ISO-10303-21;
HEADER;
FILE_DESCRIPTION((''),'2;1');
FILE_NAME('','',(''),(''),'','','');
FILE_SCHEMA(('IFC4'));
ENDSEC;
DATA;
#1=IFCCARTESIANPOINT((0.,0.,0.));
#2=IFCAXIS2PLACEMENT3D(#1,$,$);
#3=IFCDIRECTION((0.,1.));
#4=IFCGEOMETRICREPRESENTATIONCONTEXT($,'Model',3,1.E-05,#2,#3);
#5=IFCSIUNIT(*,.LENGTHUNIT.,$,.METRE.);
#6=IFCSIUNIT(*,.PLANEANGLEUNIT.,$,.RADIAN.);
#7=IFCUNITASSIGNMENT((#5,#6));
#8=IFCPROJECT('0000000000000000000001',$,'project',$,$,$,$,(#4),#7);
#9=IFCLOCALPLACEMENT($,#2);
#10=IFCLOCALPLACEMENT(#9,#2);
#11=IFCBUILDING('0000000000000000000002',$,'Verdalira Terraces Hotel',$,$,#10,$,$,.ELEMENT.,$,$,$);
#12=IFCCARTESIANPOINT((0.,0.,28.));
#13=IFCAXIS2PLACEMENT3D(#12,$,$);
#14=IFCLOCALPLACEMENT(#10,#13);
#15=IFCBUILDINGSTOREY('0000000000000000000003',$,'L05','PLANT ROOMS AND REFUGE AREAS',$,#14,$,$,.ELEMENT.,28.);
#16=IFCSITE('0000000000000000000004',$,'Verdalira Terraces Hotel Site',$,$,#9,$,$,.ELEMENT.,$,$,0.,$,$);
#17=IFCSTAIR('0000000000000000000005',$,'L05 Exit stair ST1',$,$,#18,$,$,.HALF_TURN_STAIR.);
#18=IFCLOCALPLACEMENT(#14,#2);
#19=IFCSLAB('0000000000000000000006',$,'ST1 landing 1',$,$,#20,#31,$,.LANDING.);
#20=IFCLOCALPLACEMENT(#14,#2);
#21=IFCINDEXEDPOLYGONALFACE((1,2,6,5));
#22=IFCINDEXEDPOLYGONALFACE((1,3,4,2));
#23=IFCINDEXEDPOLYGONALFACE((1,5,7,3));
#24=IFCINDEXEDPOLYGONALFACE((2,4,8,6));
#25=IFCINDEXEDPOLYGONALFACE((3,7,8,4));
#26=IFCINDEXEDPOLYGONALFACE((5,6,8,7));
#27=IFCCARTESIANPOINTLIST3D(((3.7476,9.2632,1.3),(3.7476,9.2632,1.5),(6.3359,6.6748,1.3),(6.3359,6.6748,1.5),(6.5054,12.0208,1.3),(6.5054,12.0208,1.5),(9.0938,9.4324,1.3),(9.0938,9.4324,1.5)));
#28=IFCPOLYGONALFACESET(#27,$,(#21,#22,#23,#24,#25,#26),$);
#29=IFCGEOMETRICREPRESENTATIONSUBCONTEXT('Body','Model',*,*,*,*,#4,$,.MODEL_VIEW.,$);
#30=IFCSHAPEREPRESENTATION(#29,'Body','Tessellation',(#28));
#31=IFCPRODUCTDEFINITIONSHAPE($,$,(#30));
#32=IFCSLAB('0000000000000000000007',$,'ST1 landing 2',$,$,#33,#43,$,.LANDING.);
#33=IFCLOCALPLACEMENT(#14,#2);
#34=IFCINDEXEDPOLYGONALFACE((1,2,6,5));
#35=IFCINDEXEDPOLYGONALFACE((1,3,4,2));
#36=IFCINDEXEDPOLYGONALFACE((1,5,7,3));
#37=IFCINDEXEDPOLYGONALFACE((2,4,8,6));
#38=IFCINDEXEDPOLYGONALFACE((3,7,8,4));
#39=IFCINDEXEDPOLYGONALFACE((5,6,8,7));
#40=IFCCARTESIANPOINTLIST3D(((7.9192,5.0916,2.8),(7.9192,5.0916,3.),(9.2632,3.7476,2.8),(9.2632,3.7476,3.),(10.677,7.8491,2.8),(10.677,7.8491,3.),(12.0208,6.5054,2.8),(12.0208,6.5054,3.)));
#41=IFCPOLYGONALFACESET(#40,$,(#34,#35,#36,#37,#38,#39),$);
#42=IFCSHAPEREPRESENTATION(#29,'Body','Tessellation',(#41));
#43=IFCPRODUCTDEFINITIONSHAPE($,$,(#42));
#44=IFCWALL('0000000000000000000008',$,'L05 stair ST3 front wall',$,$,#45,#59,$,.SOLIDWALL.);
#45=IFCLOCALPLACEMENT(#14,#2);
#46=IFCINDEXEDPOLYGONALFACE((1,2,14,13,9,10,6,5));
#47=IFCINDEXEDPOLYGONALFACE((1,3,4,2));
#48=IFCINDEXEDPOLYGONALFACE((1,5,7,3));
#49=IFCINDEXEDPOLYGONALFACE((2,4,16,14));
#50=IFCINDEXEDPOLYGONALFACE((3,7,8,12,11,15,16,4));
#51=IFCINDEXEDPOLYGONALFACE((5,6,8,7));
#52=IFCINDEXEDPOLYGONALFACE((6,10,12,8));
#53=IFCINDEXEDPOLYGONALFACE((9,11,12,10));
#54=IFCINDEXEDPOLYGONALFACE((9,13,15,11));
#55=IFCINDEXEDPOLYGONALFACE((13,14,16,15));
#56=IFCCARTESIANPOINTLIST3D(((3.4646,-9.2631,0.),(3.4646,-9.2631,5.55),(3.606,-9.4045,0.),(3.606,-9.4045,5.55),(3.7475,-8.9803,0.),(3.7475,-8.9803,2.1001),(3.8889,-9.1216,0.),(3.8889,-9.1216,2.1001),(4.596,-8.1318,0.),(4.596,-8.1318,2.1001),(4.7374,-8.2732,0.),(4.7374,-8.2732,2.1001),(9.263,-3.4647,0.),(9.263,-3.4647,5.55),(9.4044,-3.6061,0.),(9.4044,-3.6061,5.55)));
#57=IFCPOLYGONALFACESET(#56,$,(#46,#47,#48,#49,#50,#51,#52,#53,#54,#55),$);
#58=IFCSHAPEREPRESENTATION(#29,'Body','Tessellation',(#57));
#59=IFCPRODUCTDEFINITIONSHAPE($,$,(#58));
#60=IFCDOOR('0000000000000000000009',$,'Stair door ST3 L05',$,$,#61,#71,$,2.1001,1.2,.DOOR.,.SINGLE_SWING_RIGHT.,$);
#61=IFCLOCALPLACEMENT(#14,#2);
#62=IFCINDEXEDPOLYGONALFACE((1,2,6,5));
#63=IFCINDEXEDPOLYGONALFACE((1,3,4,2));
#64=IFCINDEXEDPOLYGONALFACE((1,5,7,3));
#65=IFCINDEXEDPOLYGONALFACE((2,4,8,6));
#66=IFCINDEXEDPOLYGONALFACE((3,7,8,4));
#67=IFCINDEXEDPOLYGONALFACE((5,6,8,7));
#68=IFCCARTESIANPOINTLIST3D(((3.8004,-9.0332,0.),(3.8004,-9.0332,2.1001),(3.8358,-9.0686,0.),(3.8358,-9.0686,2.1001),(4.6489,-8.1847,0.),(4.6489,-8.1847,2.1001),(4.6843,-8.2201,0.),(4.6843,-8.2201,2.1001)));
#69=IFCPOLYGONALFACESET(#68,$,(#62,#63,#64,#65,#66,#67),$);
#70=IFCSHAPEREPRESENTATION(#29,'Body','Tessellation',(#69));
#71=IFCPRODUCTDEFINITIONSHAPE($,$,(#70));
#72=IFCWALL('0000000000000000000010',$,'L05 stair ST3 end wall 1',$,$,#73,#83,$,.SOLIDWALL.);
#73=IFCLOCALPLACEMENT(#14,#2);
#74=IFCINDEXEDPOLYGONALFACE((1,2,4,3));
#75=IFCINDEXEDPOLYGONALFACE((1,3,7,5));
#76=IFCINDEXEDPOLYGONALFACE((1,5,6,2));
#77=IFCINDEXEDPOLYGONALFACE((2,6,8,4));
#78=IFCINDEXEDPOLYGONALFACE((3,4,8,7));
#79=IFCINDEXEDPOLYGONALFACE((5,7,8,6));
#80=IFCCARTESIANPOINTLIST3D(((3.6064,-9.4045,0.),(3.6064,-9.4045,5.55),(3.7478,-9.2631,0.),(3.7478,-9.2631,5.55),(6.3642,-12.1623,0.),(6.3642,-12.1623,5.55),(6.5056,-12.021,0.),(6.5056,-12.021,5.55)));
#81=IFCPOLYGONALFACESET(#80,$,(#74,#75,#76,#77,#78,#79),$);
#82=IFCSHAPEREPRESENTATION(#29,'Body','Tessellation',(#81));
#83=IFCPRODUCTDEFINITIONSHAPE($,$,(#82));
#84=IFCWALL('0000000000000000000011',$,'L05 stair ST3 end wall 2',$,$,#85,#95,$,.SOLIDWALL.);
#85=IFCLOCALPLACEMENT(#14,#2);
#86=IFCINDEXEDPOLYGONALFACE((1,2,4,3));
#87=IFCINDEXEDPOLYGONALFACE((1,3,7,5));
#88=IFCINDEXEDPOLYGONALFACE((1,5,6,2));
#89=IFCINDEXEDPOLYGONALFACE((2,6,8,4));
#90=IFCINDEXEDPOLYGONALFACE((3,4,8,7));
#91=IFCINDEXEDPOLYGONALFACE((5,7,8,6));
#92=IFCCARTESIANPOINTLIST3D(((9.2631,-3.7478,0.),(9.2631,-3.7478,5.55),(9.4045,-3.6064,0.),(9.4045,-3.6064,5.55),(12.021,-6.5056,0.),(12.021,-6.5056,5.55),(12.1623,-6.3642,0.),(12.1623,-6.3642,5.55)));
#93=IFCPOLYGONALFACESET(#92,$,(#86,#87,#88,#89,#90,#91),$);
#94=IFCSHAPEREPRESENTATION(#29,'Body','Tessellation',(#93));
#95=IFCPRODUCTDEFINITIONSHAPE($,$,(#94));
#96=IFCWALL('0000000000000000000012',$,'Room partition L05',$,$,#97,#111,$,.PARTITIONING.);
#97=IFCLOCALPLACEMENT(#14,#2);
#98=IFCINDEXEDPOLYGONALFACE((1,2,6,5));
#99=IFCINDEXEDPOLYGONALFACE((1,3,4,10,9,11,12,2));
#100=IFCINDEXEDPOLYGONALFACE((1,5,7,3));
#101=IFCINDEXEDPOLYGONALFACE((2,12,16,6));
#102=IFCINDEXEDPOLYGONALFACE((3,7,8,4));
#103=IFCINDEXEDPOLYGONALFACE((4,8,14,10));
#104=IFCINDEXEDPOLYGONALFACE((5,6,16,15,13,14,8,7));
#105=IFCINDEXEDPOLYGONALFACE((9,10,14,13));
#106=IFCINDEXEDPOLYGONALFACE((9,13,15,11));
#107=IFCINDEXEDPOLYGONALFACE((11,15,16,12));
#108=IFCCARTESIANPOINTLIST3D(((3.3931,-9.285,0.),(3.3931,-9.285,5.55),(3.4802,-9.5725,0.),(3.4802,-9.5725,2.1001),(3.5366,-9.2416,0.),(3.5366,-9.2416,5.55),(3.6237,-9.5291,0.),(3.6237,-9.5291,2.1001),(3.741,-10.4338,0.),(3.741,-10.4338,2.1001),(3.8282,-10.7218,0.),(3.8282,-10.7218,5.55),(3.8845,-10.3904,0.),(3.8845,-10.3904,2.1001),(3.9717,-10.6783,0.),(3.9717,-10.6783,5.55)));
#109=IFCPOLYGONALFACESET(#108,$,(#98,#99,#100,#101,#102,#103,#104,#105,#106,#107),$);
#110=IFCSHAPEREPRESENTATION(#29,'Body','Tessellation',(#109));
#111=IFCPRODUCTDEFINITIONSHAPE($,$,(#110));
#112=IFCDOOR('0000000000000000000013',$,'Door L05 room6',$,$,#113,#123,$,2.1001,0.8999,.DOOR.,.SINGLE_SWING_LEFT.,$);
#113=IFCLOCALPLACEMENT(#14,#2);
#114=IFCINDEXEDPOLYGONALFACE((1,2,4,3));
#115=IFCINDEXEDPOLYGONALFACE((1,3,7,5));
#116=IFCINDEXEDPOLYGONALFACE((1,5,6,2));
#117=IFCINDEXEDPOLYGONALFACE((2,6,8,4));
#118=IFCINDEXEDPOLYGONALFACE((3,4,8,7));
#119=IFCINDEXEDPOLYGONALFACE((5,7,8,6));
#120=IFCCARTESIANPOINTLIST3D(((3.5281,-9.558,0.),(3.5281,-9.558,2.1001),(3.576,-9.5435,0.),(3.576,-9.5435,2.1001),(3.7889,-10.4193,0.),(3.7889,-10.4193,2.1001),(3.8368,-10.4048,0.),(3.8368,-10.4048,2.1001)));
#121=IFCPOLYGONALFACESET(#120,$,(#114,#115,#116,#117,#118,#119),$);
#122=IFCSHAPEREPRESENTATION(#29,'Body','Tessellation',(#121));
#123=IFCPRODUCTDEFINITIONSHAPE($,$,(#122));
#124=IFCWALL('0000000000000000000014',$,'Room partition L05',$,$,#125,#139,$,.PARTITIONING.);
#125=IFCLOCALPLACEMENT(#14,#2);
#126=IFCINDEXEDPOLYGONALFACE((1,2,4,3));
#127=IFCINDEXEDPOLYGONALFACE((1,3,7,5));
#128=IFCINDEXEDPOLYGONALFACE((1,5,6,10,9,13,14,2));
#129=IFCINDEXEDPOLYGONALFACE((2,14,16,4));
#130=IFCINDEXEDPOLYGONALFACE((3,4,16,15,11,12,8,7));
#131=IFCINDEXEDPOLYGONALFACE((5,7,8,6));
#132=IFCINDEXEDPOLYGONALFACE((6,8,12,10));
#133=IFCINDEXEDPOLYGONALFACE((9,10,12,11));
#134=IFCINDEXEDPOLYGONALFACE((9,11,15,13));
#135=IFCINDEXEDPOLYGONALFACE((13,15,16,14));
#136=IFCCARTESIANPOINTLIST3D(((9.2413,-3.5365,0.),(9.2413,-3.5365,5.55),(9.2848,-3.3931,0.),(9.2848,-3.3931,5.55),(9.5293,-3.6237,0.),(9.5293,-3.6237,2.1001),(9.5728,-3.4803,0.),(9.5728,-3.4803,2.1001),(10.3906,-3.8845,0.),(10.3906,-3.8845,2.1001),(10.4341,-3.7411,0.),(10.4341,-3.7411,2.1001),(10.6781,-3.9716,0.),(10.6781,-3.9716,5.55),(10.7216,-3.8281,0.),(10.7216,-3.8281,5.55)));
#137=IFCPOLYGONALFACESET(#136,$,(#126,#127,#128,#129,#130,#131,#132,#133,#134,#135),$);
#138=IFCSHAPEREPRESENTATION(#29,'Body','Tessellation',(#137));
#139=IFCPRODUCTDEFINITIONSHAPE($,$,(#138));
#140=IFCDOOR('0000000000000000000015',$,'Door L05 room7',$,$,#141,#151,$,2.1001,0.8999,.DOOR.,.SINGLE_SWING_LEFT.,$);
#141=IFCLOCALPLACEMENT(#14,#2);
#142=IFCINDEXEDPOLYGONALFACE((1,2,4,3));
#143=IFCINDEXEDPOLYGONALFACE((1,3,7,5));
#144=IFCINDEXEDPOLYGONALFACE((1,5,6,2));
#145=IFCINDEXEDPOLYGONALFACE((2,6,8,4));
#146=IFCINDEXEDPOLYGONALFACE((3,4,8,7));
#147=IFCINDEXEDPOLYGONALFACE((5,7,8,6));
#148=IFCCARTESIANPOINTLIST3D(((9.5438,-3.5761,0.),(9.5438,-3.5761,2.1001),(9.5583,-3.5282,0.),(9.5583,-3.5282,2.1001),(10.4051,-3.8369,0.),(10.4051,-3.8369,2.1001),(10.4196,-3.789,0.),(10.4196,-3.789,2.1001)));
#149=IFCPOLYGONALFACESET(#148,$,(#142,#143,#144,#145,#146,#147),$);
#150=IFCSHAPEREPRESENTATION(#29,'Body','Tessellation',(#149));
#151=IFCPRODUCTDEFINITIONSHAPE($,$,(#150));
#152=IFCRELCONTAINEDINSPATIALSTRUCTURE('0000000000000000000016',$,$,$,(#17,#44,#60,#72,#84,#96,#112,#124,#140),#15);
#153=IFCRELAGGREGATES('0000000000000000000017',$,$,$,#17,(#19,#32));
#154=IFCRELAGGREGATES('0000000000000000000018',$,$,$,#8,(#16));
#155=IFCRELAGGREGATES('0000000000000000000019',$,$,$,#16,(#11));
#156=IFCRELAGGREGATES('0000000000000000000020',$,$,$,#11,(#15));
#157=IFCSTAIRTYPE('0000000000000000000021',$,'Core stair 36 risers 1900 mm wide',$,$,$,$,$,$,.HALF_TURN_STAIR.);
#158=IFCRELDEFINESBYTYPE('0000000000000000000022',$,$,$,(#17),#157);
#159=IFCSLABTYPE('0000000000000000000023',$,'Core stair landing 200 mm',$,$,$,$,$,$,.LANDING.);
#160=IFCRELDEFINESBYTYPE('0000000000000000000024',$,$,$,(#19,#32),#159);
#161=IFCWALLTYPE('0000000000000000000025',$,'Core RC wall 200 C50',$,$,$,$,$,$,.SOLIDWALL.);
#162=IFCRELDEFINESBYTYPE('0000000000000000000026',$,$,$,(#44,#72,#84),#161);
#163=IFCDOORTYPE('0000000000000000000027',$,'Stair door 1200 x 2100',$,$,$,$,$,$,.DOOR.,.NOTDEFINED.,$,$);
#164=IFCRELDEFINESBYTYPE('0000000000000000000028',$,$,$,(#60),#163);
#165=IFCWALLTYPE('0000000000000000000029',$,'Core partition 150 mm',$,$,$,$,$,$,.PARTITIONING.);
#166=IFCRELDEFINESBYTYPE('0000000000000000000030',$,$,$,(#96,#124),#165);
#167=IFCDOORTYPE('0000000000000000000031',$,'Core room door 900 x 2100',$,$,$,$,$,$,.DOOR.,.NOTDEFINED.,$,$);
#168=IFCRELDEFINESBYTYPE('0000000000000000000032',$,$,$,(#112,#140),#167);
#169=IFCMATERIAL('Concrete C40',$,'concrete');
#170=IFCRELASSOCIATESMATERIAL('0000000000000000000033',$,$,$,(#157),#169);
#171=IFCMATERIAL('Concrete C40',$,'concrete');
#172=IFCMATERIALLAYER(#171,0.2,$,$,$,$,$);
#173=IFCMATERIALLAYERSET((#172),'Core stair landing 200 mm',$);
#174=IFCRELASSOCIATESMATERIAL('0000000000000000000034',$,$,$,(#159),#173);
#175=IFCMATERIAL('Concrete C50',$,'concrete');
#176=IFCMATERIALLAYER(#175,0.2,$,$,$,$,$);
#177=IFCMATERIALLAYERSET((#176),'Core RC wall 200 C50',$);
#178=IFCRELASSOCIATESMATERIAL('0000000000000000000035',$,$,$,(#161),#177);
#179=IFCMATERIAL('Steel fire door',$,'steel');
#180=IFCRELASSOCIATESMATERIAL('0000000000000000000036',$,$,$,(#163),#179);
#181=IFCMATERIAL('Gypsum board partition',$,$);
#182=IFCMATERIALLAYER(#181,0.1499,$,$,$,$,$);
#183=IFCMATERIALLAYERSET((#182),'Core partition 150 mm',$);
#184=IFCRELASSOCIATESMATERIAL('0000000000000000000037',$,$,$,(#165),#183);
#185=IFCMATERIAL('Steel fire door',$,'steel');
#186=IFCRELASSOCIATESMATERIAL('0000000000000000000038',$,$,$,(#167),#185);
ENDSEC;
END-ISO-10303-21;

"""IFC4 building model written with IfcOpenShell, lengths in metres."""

from ifc_helpers import new_model, si_unit, direction, frame, frame_2d, origin, place, context, subcontext, project, spatial, polyline, rectangle, outline, extrude, material, layer, layer_set, type_object, element, fill, aggregate, save


model = new_model("IFC4")

# Units and contexts
model_context = context("Model", 3, precision=1e-05, world=origin(), true_north=direction((0.0, 1.0)))
body_context = subcontext(model_context, "Body", "Model", "MODEL_VIEW")
ifc_project = project(units=[si_unit("LENGTHUNIT", "METRE"), si_unit("PLANEANGLEUNIT", "RADIAN")], contexts=[model_context])

# Site, building, storey
site_placement = place(None, origin())
site = spatial("IfcSite", under=ifc_project, at=site_placement, Name="Verdalira Terraces Hotel Site", CompositionType="ELEMENT", RefElevation=0.0)
building_placement = place(site_placement, origin())
building = spatial("IfcBuilding", under=site, at=building_placement, Name="Verdalira Terraces Hotel", CompositionType="ELEMENT")
storey_placement = place(building_placement, frame((0.0, 0.0, 28.0)))
storey = spatial("IfcBuildingStorey", under=building, at=storey_placement, Name="L05", Description="PLANT ROOMS AND REFUGE AREAS", CompositionType="ELEMENT", Elevation=28.0)

# Stair, slabs
ifc_material_1 = material(Name="Concrete C40", Category="concrete")
stair_type = type_object("IfcStairType", Name="Core stair 36 risers 1900 mm wide", PredefinedType="HALF_TURN_STAIR", material=ifc_material_1)
stair_placement = place(storey_placement, origin())
stair = element("IfcStair", 1, at=stair_placement, inside=storey, type_object=stair_type, Name="L05 Exit stair ST1", PredefinedType="HALF_TURN_STAIR")
ifc_material_2 = material(Name="Concrete C40", Category="concrete")
ifc_layer_1 = layer(ifc_material_2, 0.2)
ifc_layer_set_1 = layer_set([ifc_layer_1], Name="Core stair landing 200 mm")
slab_type = type_object("IfcSlabType", Name="Core stair landing 200 mm", PredefinedType="LANDING", material=ifc_layer_set_1)
slab_1_placement = place(storey_placement, frame((0.0, 0.0, 1.3)))
slab_1 = element("IfcSlab", 2, at=slab_1_placement, type_object=slab_type, Name="ST1 landing 1", PredefinedType="LANDING", context=body_context, shape_type="SweptSolid", body=[
    extrude(outline(polyline([(9.0938, 9.4324), (6.5054, 12.0208), (3.7476, 9.2632), (6.3359, 6.6748), (9.0938, 9.4324)])), origin(), (0.0, 0.0, 1.0), 0.2),
])
slab_2_placement = place(storey_placement, frame((0.0, 0.0, 2.8)))
slab_2 = element("IfcSlab", 3, at=slab_2_placement, type_object=slab_type, Name="ST1 landing 2", PredefinedType="LANDING", context=body_context, shape_type="SweptSolid", body=[
    extrude(outline(polyline([(12.0208, 6.5054), (10.677, 7.8491), (7.9192, 5.0916), (9.2632, 3.7476), (12.0208, 6.5054)])), origin(), (0.0, 0.0, 1.0), 0.2),
])
aggregate(stair, [slab_1, slab_2])

# Wall, opening, door
ifc_material_3 = material(Name="Concrete C50", Category="concrete")
ifc_layer_2 = layer(ifc_material_3, 0.2)
ifc_layer_set_2 = layer_set([ifc_layer_2], Name="Core RC wall 200 C50")
wall_type_1 = type_object("IfcWallType", Name="Core RC wall 200 C50", PredefinedType="SOLIDWALL", material=ifc_layer_set_2)
wall_1_placement = place(storey_placement, frame((9.3337, -3.5354, 0.0), z_axis=(0.0, 0.0, 1.0), x_axis=(-0.707107, -0.707107, 0.0)))
wall_1 = element("IfcWall", 4, at=wall_1_placement, inside=storey, type_object=wall_type_1, Name="L05 stair ST3 front wall", PredefinedType="SOLIDWALL", context=body_context, shape_type="SweptSolid", body=[
    extrude(rectangle(XDim=8.2002, YDim=0.2, at=frame_2d((4.1001, 0.0))), origin(), (0.0, 0.0, 1.0), 5.55),
])
opening_1_placement = place(wall_1_placement, frame((6.6001, 0.0, 0.0)))
opening_1 = element("IfcOpeningElement", 5, at=opening_1_placement, cuts=wall_1, PredefinedType="OPENING", context=body_context, shape_type="SweptSolid", body=[
    extrude(rectangle(XDim=1.2, YDim=2.1001, at=frame_2d((0.6001, 1.05))), frame((0.0, 0.1099, 0.0), z_axis=(0.0, -1.0, 0.0), x_axis=(1.0, 0.0, 0.0)), (0.0, 0.0, 1.0), 0.22),
])
ifc_material_4 = material(Name="Steel fire door", Category="steel")
door_type_1 = type_object("IfcDoorType", Name="Stair door 1200 x 2100", OperationType="NOTDEFINED", PredefinedType="DOOR", material=ifc_material_4)
door_1_placement = place(opening_1_placement, origin())
door_1 = element("IfcDoor", 6, at=door_1_placement, inside=storey, type_object=door_type_1, Name="Stair door ST3 L05", OperationType="SINGLE_SWING_RIGHT", OverallHeight=2.1001, OverallWidth=1.2, PredefinedType="DOOR", context=body_context, shape_type="SweptSolid", body=[
    extrude(rectangle(XDim=1.2, YDim=2.1001, at=frame_2d((0.6001, 1.05))), frame((0.0, 0.0249, 0.0), z_axis=(0.0, -1.0, 0.0), x_axis=(1.0, 0.0, 0.0)), (0.0, 0.0, 1.0), 0.05),
])
fill(opening_1, door_1)

# Walls
for number, where, z_axis, x_axis, name in (
    (7, (3.677, -9.3337, 0.0), (0.0, 0.0, 1.0), (0.707107, -0.707107, 0.0), "L05 stair ST3 end wall 1"),
    (8, (9.3337, -3.677, 0.0), (0.0, 0.0, 1.0), (0.707107, -0.707107, 0.0), "L05 stair ST3 end wall 2"),
):
    element("IfcWall", number, at=place(storey_placement, frame(where, z_axis=z_axis, x_axis=x_axis)), inside=storey, type_object=wall_type_1, Name=name, PredefinedType="SOLIDWALL", context=body_context, shape_type="SweptSolid", body=[
        extrude(rectangle(XDim=3.9001, YDim=0.2, at=frame_2d((1.9502, 0.0))), origin(), (0.0, 0.0, 1.0), 5.55),
    ])

# Walls, openings, doors
ifc_material_5 = material(Name="Gypsum board partition")
ifc_layer_3 = layer(ifc_material_5, 0.1499)
ifc_layer_set_3 = layer_set([ifc_layer_3], Name="Core partition 150 mm")
wall_type_2 = type_object("IfcWallType", Name="Core partition 150 mm", PredefinedType="PARTITIONING", material=ifc_layer_set_3)
wall_2_placement = place(storey_placement, frame((3.8999, -10.7, 0.0), z_axis=(0.0, 0.0, 1.0), x_axis=(-0.289809, 0.957085, 0.0)))
wall_2 = element("IfcWall", 9, at=wall_2_placement, inside=storey, type_object=wall_type_2, Name="Room partition L05", PredefinedType="PARTITIONING", context=body_context, shape_type="SweptSolid", body=[
    extrude(rectangle(XDim=1.5012, YDim=0.1499, at=frame_2d((0.7505, 0.0))), origin(), (0.0, 0.0, 1.0), 5.55),
])
opening_2_placement = place(wall_2_placement, frame((0.3008, 0.0, 0.0)))
opening_2 = element("IfcOpeningElement", 10, at=opening_2_placement, cuts=wall_2, PredefinedType="OPENING", context=body_context, shape_type="SweptSolid", body=[
    extrude(rectangle(XDim=0.8999, YDim=2.1001, at=frame_2d((0.45, 1.05))), frame((0.0, 0.085, 0.0), z_axis=(0.0, -1.0, 0.0), x_axis=(1.0, 0.0, 0.0)), (0.0, 0.0, 1.0), 0.1699),
])
ifc_material_6 = material(Name="Steel fire door", Category="steel")
door_type_2 = type_object("IfcDoorType", Name="Core room door 900 x 2100", OperationType="NOTDEFINED", PredefinedType="DOOR", material=ifc_material_6)
door_2_placement = place(opening_2_placement, origin())
door_2 = element("IfcDoor", 11, at=door_2_placement, inside=storey, type_object=door_type_2, Name="Door L05 room6", OperationType="SINGLE_SWING_LEFT", OverallHeight=2.1001, OverallWidth=0.8999, PredefinedType="DOOR", context=body_context, shape_type="SweptSolid", body=[
    extrude(rectangle(XDim=0.8999, YDim=2.1001, at=frame_2d((0.45, 1.05))), frame((0.0, 0.0249, 0.0), z_axis=(0.0, -1.0, 0.0), x_axis=(1.0, 0.0, 0.0)), (0.0, 0.0, 1.0), 0.05),
])
fill(opening_2, door_2)
wall_3_placement = place(storey_placement, frame((9.2632, -3.4648, 0.0), z_axis=(0.0, 0.0, 1.0), x_axis=(0.957085, -0.289809, 0.0)))
wall_3 = element("IfcWall", 12, at=wall_3_placement, inside=storey, type_object=wall_type_2, Name="Room partition L05", PredefinedType="PARTITIONING", context=body_context, shape_type="SweptSolid", body=[
    extrude(rectangle(XDim=1.5012, YDim=0.1499, at=frame_2d((0.7505, 0.0))), origin(), (0.0, 0.0, 1.0), 5.55),
])
opening_3_placement = place(wall_3_placement, frame((0.3008, 0.0, 0.0)))
opening_3 = element("IfcOpeningElement", 13, at=opening_3_placement, cuts=wall_3, PredefinedType="OPENING", context=body_context, shape_type="SweptSolid", body=[
    extrude(rectangle(XDim=0.8999, YDim=2.1001, at=frame_2d((0.45, 1.05))), frame((0.0, 0.085, 0.0), z_axis=(0.0, -1.0, 0.0), x_axis=(1.0, 0.0, 0.0)), (0.0, 0.0, 1.0), 0.1699),
])
door_3_placement = place(opening_3_placement, origin())
door_3 = element("IfcDoor", 14, at=door_3_placement, inside=storey, type_object=door_type_2, Name="Door L05 room7", OperationType="SINGLE_SWING_LEFT", OverallHeight=2.1001, OverallWidth=0.8999, PredefinedType="DOOR", context=body_context, shape_type="SweptSolid", body=[
    extrude(rectangle(XDim=0.8999, YDim=2.1001, at=frame_2d((0.45, 1.05))), frame((0.0, 0.0249, 0.0), z_axis=(0.0, -1.0, 0.0), x_axis=(1.0, 0.0, 0.0)), (0.0, 0.0, 1.0), 0.05),
])
fill(opening_3, door_3)

save(model, "model.ifc")
